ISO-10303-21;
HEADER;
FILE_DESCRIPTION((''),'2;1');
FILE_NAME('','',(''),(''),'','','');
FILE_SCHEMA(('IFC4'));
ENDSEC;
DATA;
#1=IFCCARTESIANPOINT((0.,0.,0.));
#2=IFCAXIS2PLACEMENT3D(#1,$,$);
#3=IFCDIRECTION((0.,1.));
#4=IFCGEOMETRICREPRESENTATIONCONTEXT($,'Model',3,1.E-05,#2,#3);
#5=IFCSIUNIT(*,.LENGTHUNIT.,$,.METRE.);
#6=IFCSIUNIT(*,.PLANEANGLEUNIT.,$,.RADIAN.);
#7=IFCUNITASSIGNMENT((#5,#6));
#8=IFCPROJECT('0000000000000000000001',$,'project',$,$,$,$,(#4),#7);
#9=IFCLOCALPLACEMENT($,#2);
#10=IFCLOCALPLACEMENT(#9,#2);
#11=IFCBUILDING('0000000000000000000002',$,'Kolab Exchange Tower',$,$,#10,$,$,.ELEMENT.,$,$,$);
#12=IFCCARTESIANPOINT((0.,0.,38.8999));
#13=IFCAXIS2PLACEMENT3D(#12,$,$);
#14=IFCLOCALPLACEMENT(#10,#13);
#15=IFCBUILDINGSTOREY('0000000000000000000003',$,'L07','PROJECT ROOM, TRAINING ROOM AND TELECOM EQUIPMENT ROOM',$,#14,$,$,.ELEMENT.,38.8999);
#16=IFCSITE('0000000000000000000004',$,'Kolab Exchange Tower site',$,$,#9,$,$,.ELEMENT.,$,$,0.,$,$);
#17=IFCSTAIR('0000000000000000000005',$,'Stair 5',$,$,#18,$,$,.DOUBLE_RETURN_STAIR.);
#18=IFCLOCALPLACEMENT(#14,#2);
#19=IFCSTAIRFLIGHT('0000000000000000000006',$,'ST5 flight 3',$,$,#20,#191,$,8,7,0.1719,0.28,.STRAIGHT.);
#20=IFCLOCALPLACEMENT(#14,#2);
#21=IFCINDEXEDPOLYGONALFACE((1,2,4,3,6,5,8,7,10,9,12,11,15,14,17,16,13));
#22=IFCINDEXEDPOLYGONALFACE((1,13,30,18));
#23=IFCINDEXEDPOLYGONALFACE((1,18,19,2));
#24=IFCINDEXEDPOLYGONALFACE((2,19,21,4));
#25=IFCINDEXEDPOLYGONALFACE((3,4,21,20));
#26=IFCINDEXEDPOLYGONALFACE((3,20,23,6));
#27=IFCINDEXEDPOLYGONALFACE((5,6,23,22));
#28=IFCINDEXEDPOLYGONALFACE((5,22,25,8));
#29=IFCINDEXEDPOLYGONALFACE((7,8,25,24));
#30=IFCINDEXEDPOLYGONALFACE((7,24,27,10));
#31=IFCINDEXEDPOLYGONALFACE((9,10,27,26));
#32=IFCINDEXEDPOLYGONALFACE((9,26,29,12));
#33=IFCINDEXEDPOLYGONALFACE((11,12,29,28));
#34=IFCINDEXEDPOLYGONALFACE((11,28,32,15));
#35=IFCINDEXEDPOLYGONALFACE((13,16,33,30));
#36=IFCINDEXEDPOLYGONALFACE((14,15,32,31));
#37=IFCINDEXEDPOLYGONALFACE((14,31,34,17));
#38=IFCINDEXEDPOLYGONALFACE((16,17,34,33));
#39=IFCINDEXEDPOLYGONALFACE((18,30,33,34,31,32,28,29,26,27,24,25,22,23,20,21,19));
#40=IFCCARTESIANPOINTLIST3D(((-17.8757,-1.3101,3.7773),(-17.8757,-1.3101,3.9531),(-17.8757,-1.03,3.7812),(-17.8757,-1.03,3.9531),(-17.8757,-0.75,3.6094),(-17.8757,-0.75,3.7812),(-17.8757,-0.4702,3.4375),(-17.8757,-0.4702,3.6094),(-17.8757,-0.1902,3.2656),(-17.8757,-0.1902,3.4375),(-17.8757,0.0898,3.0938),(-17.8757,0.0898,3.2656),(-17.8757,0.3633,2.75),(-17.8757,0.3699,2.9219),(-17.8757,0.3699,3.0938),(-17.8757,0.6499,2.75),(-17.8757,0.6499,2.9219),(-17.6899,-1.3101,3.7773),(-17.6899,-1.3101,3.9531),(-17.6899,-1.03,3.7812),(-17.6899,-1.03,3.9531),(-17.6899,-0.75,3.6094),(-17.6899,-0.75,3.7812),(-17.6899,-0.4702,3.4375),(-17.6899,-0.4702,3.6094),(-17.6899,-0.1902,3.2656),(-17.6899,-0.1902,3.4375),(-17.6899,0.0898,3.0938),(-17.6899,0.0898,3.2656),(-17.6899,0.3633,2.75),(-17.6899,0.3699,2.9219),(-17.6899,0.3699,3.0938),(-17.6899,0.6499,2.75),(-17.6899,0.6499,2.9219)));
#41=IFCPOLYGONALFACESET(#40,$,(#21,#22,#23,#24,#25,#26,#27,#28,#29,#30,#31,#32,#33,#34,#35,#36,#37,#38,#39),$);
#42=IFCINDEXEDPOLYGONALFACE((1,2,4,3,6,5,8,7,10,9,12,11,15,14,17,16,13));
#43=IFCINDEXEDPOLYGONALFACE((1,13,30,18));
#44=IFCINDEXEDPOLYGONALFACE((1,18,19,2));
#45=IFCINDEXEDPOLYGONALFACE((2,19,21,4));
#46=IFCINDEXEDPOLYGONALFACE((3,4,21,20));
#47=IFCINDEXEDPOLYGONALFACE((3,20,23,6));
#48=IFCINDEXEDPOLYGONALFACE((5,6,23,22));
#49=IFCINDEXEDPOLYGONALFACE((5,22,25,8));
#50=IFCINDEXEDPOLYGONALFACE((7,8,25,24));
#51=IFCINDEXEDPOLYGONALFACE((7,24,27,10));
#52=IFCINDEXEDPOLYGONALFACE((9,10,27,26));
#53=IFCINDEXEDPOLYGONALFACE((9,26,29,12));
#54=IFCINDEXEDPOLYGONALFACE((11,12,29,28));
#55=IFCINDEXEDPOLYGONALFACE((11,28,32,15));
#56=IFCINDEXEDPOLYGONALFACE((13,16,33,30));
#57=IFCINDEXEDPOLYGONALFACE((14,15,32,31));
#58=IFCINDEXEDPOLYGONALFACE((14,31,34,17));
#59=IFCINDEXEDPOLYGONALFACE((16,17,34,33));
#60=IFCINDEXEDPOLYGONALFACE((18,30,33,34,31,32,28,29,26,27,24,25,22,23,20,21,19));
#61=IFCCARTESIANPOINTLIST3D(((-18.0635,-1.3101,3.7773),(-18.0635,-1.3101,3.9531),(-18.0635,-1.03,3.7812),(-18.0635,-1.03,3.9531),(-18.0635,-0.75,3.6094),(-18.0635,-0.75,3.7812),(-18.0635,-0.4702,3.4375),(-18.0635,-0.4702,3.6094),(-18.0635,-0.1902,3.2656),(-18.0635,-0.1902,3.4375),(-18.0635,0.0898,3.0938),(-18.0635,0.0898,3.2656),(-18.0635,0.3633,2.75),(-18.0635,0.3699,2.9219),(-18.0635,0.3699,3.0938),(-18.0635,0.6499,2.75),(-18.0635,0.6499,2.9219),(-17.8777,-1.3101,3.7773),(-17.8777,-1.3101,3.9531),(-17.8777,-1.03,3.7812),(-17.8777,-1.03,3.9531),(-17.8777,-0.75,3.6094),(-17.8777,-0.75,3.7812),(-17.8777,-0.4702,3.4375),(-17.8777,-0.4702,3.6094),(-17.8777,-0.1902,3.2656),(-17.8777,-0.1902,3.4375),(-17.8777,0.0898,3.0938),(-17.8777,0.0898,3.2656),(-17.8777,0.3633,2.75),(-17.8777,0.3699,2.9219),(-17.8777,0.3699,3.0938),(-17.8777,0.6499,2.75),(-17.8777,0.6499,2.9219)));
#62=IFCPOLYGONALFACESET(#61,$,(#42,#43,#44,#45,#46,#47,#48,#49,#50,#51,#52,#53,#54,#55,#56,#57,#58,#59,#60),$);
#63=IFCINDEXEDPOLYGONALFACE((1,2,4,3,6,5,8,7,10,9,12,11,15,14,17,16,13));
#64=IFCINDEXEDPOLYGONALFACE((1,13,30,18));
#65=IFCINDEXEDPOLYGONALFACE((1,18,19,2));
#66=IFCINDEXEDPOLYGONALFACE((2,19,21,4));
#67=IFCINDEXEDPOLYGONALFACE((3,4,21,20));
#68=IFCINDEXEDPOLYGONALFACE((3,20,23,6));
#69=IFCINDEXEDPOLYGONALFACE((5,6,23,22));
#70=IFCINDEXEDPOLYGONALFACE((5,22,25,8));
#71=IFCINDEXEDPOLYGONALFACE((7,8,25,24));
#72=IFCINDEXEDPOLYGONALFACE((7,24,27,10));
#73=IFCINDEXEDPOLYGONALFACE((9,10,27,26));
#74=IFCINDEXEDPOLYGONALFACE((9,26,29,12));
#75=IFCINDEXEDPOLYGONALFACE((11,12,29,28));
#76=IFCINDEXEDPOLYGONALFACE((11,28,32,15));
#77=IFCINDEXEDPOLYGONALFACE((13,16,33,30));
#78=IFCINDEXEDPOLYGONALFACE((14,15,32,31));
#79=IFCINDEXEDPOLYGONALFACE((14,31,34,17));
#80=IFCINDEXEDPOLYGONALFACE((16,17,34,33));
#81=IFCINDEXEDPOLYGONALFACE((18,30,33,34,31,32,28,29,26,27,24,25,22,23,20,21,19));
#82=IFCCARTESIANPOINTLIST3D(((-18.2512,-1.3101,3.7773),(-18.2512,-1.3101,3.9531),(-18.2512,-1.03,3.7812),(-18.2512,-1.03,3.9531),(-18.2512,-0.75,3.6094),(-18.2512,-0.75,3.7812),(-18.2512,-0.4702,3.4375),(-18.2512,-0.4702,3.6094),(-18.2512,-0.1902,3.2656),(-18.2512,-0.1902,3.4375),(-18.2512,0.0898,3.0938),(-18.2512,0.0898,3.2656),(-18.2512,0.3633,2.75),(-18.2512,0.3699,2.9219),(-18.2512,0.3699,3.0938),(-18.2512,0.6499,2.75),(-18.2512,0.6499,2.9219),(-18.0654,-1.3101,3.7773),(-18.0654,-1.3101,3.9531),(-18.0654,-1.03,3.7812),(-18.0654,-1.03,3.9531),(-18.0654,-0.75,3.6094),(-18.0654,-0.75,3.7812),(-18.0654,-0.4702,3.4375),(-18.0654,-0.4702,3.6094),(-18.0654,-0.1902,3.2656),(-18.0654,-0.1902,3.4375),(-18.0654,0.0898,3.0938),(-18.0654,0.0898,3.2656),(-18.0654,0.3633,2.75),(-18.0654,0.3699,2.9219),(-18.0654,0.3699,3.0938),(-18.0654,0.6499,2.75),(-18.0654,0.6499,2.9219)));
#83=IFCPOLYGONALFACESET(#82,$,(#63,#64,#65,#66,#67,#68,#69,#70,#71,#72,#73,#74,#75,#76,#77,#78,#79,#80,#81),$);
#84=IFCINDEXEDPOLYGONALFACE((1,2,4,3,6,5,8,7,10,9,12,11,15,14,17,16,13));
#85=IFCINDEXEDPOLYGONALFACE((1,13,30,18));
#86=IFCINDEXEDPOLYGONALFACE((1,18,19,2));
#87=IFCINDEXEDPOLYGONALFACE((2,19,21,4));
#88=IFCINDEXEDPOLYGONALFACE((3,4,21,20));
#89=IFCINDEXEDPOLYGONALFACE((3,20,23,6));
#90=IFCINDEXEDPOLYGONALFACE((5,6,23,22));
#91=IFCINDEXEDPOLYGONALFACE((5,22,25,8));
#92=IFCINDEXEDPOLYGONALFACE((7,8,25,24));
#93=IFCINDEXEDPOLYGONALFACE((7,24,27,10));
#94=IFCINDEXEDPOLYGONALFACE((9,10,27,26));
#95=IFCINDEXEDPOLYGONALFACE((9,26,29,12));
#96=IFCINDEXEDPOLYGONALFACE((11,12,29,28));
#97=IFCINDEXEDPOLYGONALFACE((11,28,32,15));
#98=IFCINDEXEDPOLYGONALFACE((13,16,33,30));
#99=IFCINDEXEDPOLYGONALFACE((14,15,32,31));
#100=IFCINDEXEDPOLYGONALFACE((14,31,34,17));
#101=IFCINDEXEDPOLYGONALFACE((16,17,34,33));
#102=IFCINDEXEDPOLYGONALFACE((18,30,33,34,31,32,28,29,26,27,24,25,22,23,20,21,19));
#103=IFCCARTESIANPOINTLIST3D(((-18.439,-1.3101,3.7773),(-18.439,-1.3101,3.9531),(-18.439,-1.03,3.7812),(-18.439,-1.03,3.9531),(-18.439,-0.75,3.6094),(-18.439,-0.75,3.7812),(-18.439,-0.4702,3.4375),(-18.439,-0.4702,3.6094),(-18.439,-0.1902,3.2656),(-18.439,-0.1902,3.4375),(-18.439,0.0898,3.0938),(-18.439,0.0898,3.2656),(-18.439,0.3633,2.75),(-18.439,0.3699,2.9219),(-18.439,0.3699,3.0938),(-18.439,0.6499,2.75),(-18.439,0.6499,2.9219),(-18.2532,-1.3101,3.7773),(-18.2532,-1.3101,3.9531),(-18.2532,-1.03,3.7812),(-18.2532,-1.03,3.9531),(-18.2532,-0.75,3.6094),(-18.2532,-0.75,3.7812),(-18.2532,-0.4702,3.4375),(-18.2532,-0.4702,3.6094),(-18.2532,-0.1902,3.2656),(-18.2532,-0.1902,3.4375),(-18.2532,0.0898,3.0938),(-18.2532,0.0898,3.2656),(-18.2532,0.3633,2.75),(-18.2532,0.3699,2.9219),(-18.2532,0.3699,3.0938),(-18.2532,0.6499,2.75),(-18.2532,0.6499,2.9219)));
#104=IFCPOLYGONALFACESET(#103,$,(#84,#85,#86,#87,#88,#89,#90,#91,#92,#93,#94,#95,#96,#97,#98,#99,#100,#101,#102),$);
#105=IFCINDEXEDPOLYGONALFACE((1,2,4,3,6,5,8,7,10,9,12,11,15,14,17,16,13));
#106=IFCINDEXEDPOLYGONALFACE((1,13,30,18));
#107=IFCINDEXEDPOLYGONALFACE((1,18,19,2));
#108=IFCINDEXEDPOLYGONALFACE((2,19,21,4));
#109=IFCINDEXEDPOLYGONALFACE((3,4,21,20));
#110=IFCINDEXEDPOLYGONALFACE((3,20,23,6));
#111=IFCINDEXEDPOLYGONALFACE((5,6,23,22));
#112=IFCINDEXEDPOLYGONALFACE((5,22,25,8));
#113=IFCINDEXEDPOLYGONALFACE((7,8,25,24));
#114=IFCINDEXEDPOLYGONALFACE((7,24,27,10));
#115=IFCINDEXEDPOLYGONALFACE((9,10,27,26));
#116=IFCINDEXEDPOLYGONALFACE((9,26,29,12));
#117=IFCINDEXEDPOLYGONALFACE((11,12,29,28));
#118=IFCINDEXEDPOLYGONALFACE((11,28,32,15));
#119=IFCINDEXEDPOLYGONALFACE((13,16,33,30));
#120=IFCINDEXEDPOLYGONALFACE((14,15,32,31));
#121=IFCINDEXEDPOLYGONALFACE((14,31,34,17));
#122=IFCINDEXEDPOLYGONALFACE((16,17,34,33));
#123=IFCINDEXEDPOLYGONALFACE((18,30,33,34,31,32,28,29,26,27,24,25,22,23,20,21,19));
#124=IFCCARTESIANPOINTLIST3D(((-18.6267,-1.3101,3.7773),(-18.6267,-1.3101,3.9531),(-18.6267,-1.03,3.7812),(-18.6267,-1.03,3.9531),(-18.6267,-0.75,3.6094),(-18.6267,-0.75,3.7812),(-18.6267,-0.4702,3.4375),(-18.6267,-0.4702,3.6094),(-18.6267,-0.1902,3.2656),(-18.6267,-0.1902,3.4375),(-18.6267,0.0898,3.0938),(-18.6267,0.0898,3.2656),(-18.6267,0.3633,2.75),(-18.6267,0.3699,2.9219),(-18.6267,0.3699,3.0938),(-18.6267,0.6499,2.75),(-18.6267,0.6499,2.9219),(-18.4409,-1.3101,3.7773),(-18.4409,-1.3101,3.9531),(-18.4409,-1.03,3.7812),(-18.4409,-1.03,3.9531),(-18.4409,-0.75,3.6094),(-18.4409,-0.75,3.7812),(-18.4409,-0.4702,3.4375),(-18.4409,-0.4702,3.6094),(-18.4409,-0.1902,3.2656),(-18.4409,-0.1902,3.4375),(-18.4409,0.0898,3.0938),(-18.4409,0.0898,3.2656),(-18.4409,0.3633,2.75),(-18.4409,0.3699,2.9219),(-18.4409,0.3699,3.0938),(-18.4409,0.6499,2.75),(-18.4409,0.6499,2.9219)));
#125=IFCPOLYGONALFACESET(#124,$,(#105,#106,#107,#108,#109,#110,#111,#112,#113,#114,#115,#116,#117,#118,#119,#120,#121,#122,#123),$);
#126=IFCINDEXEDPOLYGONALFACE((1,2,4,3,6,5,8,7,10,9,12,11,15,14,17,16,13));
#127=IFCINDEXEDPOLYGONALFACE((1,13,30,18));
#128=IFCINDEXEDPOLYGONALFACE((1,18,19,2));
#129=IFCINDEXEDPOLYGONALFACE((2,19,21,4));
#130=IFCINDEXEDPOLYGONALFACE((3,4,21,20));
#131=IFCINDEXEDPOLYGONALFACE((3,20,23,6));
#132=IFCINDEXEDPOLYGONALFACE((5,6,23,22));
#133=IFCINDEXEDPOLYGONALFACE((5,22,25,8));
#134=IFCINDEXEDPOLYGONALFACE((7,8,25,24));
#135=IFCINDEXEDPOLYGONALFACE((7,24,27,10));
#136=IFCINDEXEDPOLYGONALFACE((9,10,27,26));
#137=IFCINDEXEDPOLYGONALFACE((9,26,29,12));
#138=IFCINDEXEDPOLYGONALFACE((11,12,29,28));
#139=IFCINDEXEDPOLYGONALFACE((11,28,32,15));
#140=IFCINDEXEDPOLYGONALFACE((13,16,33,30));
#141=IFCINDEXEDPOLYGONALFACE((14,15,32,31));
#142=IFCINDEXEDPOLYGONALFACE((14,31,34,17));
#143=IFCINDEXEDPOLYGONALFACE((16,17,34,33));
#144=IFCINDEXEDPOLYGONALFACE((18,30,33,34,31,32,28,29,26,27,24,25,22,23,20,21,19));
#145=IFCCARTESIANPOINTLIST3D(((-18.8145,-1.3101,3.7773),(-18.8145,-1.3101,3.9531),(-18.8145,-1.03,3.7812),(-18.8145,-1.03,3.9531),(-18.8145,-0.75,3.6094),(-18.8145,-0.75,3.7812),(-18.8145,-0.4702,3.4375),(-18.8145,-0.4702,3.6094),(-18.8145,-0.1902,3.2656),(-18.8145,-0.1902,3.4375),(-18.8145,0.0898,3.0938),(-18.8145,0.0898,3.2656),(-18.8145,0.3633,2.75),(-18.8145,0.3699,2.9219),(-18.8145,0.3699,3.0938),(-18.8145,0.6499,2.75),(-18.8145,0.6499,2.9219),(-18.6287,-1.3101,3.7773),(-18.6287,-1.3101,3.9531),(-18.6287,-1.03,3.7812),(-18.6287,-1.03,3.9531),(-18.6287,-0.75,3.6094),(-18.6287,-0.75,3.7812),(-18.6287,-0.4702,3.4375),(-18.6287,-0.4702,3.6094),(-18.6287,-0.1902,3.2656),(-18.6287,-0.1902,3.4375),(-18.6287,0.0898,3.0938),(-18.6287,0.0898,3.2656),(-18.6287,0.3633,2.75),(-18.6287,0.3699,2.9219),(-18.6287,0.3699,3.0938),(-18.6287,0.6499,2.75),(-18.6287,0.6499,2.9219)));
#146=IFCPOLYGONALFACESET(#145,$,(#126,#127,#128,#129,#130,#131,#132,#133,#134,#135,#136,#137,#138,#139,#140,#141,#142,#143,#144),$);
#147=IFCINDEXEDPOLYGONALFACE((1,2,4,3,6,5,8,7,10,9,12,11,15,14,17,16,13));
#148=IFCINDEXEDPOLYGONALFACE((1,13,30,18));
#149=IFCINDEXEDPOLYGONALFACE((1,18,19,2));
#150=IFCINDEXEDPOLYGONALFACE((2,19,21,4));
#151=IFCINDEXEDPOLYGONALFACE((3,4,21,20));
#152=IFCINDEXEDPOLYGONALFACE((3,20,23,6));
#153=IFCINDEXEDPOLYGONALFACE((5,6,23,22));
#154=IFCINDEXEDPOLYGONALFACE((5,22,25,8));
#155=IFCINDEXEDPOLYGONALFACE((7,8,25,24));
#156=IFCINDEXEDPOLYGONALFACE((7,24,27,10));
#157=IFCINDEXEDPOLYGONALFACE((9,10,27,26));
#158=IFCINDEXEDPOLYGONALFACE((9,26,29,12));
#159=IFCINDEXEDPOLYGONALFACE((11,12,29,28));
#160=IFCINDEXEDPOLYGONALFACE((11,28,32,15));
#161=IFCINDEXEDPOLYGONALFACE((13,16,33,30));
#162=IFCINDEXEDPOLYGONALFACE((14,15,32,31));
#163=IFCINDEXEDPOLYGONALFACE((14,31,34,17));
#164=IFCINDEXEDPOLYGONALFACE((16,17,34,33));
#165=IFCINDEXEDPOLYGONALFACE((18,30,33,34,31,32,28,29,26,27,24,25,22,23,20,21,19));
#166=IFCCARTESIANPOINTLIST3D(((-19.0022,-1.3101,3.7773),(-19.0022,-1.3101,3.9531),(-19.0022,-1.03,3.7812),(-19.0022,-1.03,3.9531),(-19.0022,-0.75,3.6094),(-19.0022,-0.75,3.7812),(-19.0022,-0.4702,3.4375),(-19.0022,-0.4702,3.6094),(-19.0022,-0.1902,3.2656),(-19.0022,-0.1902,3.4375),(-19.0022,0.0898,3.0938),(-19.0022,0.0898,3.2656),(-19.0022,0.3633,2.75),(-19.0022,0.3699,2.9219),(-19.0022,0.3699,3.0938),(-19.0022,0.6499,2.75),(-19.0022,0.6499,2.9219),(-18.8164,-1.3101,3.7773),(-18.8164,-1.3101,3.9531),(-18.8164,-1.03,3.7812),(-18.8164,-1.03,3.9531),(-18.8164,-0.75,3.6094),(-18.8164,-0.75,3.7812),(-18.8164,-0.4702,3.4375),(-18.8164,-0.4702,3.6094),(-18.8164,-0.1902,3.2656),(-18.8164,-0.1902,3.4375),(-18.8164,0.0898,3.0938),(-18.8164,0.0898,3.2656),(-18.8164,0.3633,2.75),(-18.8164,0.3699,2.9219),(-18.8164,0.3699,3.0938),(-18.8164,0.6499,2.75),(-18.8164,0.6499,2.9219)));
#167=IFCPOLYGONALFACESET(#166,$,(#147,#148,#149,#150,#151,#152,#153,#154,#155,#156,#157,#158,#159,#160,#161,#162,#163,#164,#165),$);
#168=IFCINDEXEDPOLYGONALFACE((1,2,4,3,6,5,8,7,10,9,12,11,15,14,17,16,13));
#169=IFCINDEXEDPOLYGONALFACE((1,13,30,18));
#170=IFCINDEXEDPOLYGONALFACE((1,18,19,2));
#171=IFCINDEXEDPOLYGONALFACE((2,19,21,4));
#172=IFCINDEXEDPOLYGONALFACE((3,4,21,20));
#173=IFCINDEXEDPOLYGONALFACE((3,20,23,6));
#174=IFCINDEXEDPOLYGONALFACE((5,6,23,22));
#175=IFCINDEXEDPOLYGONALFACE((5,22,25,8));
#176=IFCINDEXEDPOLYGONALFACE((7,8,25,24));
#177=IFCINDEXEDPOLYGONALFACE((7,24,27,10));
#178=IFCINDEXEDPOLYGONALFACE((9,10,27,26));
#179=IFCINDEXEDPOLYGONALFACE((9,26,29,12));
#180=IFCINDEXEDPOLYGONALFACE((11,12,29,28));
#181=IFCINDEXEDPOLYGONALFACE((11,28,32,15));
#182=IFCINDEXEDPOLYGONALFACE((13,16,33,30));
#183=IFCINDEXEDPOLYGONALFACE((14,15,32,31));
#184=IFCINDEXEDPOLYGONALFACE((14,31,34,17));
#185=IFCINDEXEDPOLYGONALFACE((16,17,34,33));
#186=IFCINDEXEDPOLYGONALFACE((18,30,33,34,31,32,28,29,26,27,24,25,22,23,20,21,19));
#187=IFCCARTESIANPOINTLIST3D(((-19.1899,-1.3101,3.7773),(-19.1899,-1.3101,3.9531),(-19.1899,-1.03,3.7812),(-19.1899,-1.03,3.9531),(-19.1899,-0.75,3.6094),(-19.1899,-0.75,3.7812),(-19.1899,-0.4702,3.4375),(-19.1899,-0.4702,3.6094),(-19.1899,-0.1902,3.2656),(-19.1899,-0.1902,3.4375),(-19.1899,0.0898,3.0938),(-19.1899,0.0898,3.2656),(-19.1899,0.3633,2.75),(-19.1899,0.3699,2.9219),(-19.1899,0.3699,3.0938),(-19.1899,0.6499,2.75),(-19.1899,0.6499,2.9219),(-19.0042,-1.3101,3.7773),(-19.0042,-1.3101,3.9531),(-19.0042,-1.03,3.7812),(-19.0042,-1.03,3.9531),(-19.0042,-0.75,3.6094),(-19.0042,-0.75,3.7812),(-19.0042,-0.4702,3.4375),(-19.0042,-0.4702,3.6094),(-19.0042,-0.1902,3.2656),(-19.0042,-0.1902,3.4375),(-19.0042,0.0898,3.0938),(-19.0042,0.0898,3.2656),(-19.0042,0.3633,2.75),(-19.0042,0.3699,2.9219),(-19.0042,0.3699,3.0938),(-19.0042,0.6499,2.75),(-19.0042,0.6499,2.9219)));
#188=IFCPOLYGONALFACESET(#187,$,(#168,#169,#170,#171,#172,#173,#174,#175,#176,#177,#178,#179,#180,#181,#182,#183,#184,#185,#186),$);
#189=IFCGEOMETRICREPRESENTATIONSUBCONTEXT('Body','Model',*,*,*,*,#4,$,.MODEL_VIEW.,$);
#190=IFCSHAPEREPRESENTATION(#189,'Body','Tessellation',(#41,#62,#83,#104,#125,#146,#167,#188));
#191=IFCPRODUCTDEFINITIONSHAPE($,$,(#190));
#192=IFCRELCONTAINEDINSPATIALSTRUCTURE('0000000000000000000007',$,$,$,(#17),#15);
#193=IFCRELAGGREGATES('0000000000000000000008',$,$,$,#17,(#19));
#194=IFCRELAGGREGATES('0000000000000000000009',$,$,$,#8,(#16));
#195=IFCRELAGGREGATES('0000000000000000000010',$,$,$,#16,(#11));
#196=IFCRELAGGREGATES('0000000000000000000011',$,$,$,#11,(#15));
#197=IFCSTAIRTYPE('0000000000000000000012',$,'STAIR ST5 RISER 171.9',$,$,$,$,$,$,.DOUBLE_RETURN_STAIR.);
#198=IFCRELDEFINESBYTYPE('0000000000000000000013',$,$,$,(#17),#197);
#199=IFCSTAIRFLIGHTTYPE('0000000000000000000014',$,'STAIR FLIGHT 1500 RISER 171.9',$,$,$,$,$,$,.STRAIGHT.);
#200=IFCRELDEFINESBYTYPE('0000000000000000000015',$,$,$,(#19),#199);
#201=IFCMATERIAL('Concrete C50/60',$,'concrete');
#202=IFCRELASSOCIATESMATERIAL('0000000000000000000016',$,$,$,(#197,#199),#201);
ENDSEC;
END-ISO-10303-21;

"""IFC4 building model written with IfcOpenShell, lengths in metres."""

from ifc_helpers import new_model, si_unit, direction, frame, origin, place, context, subcontext, project, spatial, polyline, outline, extrude, material, type_object, element, aggregate, save


model = new_model("IFC4")

# Units and contexts
model_context = context("Model", 3, precision=1e-05, world=origin(), true_north=direction((0.0, 1.0)))
body_context = subcontext(model_context, "Body", "Model", "MODEL_VIEW")
ifc_project = project(units=[si_unit("LENGTHUNIT", "METRE"), si_unit("PLANEANGLEUNIT", "RADIAN")], contexts=[model_context])

# Site, building, storey
site_placement = place(None, origin())
site = spatial("IfcSite", under=ifc_project, at=site_placement, Name="Kolab Exchange Tower site", CompositionType="ELEMENT", RefElevation=0.0)
building_placement = place(site_placement, origin())
building = spatial("IfcBuilding", under=site, at=building_placement, Name="Kolab Exchange Tower", CompositionType="ELEMENT")
storey_placement = place(building_placement, frame((0.0, 0.0, 38.8999)))
storey = spatial("IfcBuildingStorey", under=building, at=storey_placement, Name="L07", Description="PROJECT ROOM, TRAINING ROOM AND TELECOM EQUIPMENT ROOM", CompositionType="ELEMENT", Elevation=38.8999)

# Shared definitions
ifc_material_1 = material(Name="Concrete C50/60", Category="concrete")

# Stair, stair flight
stair_type = type_object("IfcStairType", Name="STAIR ST5 RISER 171.9", PredefinedType="DOUBLE_RETURN_STAIR", material=ifc_material_1)
stair_placement = place(storey_placement, origin())
stair = element("IfcStair", 1, at=stair_placement, inside=storey, type_object=stair_type, Name="Stair 5", PredefinedType="DOUBLE_RETURN_STAIR")
stair_flight_type = type_object("IfcStairFlightType", Name="STAIR FLIGHT 1500 RISER 171.9", PredefinedType="STRAIGHT", material=ifc_material_1)
stair_flight_1_placement = place(storey_placement, frame((-18.4399, 0.6499, 2.75), z_axis=(0.0, 0.0, 1.0), x_axis=(0.0, -1.0, 0.0)))
stair_flight_1 = element("IfcStairFlight", 2, at=stair_flight_1_placement, type_object=stair_flight_type, Name="ST5 flight 3", NumberOfRisers=8, NumberOfTreads=7, PredefinedType="STRAIGHT", RiserHeight=0.1719, TreadLength=0.28, context=body_context, shape_type="SweptSolid", body=[
    extrude(outline(polyline([(0.0, 0.0), (0.0, 0.1719), (0.28, 0.1719), (0.28, 0.3438), (0.5601, 0.3438), (0.5601, 0.5156), (0.8401, 0.5156), (0.8401, 0.6875), (1.1201, 0.6875), (1.1201, 0.8594), (1.3999, 0.8594), (1.3999, 1.0312), (1.6799, 1.0312), (1.6799, 1.2031), (1.96, 1.2031), (1.96, 1.375), (1.96, 1.0273), (0.2866, 0.0), (0.0, 0.0)])), frame((0.0, 0.75, 0.0), z_axis=(0.0, -1.0, 0.0), x_axis=(1.0, 0.0, 0.0)), (0.0, 0.0, 1.0), 0.1858),
    extrude(outline(polyline([(0.0, 0.0), (0.0, 0.1719), (0.28, 0.1719), (0.28, 0.3438), (0.5601, 0.3438), (0.5601, 0.5156), (0.8401, 0.5156), (0.8401, 0.6875), (1.1201, 0.6875), (1.1201, 0.8594), (1.3999, 0.8594), (1.3999, 1.0312), (1.6799, 1.0312), (1.6799, 1.2031), (1.96, 1.2031), (1.96, 1.375), (1.96, 1.0273), (0.2866, 0.0), (0.0, 0.0)])), frame((0.0, 0.5623, 0.0), z_axis=(0.0, -1.0, 0.0), x_axis=(1.0, 0.0, 0.0)), (0.0, 0.0, 1.0), 0.1858),
    extrude(outline(polyline([(0.0, 0.0), (0.0, 0.1719), (0.28, 0.1719), (0.28, 0.3438), (0.5601, 0.3438), (0.5601, 0.5156), (0.8401, 0.5156), (0.8401, 0.6875), (1.1201, 0.6875), (1.1201, 0.8594), (1.3999, 0.8594), (1.3999, 1.0312), (1.6799, 1.0312), (1.6799, 1.2031), (1.96, 1.2031), (1.96, 1.375), (1.96, 1.0273), (0.2866, 0.0), (0.0, 0.0)])), frame((0.0, 0.3745, 0.0), z_axis=(0.0, -1.0, 0.0), x_axis=(1.0, 0.0, 0.0)), (0.0, 0.0, 1.0), 0.1858),
    extrude(outline(polyline([(0.0, 0.0), (0.0, 0.1719), (0.28, 0.1719), (0.28, 0.3438), (0.5601, 0.3438), (0.5601, 0.5156), (0.8401, 0.5156), (0.8401, 0.6875), (1.1201, 0.6875), (1.1201, 0.8594), (1.3999, 0.8594), (1.3999, 1.0312), (1.6799, 1.0312), (1.6799, 1.2031), (1.96, 1.2031), (1.96, 1.375), (1.96, 1.0273), (0.2866, 0.0), (0.0, 0.0)])), frame((0.0, 0.1868, 0.0), z_axis=(0.0, -1.0, 0.0), x_axis=(1.0, 0.0, 0.0)), (0.0, 0.0, 1.0), 0.1858),
    extrude(outline(polyline([(0.0, 0.0), (0.0, 0.1719), (0.28, 0.1719), (0.28, 0.3438), (0.5601, 0.3438), (0.5601, 0.5156), (0.8401, 0.5156), (0.8401, 0.6875), (1.1201, 0.6875), (1.1201, 0.8594), (1.3999, 0.8594), (1.3999, 1.0312), (1.6799, 1.0312), (1.6799, 1.2031), (1.96, 1.2031), (1.96, 1.375), (1.96, 1.0273), (0.2866, 0.0), (0.0, 0.0)])), frame((0.0, -0.001, 0.0), z_axis=(0.0, -1.0, 0.0), x_axis=(1.0, 0.0, 0.0)), (0.0, 0.0, 1.0), 0.1858),
    extrude(outline(polyline([(0.0, 0.0), (0.0, 0.1719), (0.28, 0.1719), (0.28, 0.3438), (0.5601, 0.3438), (0.5601, 0.5156), (0.8401, 0.5156), (0.8401, 0.6875), (1.1201, 0.6875), (1.1201, 0.8594), (1.3999, 0.8594), (1.3999, 1.0312), (1.6799, 1.0312), (1.6799, 1.2031), (1.96, 1.2031), (1.96, 1.375), (1.96, 1.0273), (0.2866, 0.0), (0.0, 0.0)])), frame((0.0, -0.1887, 0.0), z_axis=(0.0, -1.0, 0.0), x_axis=(1.0, 0.0, 0.0)), (0.0, 0.0, 1.0), 0.1858),
    extrude(outline(polyline([(0.0, 0.0), (0.0, 0.1719), (0.28, 0.1719), (0.28, 0.3438), (0.5601, 0.3438), (0.5601, 0.5156), (0.8401, 0.5156), (0.8401, 0.6875), (1.1201, 0.6875), (1.1201, 0.8594), (1.3999, 0.8594), (1.3999, 1.0312), (1.6799, 1.0312), (1.6799, 1.2031), (1.96, 1.2031), (1.96, 1.375), (1.96, 1.0273), (0.2866, 0.0), (0.0, 0.0)])), frame((0.0, -0.3765, 0.0), z_axis=(0.0, -1.0, 0.0), x_axis=(1.0, 0.0, 0.0)), (0.0, 0.0, 1.0), 0.1858),
    extrude(outline(polyline([(0.0, 0.0), (0.0, 0.1719), (0.28, 0.1719), (0.28, 0.3438), (0.5601, 0.3438), (0.5601, 0.5156), (0.8401, 0.5156), (0.8401, 0.6875), (1.1201, 0.6875), (1.1201, 0.8594), (1.3999, 0.8594), (1.3999, 1.0312), (1.6799, 1.0312), (1.6799, 1.2031), (1.96, 1.2031), (1.96, 1.375), (1.96, 1.0273), (0.2866, 0.0), (0.0, 0.0)])), frame((0.0, -0.5642, 0.0), z_axis=(0.0, -1.0, 0.0), x_axis=(1.0, 0.0, 0.0)), (0.0, 0.0, 1.0), 0.1858),
])
aggregate(stair, [stair_flight_1])

save(model, "model.ifc")
